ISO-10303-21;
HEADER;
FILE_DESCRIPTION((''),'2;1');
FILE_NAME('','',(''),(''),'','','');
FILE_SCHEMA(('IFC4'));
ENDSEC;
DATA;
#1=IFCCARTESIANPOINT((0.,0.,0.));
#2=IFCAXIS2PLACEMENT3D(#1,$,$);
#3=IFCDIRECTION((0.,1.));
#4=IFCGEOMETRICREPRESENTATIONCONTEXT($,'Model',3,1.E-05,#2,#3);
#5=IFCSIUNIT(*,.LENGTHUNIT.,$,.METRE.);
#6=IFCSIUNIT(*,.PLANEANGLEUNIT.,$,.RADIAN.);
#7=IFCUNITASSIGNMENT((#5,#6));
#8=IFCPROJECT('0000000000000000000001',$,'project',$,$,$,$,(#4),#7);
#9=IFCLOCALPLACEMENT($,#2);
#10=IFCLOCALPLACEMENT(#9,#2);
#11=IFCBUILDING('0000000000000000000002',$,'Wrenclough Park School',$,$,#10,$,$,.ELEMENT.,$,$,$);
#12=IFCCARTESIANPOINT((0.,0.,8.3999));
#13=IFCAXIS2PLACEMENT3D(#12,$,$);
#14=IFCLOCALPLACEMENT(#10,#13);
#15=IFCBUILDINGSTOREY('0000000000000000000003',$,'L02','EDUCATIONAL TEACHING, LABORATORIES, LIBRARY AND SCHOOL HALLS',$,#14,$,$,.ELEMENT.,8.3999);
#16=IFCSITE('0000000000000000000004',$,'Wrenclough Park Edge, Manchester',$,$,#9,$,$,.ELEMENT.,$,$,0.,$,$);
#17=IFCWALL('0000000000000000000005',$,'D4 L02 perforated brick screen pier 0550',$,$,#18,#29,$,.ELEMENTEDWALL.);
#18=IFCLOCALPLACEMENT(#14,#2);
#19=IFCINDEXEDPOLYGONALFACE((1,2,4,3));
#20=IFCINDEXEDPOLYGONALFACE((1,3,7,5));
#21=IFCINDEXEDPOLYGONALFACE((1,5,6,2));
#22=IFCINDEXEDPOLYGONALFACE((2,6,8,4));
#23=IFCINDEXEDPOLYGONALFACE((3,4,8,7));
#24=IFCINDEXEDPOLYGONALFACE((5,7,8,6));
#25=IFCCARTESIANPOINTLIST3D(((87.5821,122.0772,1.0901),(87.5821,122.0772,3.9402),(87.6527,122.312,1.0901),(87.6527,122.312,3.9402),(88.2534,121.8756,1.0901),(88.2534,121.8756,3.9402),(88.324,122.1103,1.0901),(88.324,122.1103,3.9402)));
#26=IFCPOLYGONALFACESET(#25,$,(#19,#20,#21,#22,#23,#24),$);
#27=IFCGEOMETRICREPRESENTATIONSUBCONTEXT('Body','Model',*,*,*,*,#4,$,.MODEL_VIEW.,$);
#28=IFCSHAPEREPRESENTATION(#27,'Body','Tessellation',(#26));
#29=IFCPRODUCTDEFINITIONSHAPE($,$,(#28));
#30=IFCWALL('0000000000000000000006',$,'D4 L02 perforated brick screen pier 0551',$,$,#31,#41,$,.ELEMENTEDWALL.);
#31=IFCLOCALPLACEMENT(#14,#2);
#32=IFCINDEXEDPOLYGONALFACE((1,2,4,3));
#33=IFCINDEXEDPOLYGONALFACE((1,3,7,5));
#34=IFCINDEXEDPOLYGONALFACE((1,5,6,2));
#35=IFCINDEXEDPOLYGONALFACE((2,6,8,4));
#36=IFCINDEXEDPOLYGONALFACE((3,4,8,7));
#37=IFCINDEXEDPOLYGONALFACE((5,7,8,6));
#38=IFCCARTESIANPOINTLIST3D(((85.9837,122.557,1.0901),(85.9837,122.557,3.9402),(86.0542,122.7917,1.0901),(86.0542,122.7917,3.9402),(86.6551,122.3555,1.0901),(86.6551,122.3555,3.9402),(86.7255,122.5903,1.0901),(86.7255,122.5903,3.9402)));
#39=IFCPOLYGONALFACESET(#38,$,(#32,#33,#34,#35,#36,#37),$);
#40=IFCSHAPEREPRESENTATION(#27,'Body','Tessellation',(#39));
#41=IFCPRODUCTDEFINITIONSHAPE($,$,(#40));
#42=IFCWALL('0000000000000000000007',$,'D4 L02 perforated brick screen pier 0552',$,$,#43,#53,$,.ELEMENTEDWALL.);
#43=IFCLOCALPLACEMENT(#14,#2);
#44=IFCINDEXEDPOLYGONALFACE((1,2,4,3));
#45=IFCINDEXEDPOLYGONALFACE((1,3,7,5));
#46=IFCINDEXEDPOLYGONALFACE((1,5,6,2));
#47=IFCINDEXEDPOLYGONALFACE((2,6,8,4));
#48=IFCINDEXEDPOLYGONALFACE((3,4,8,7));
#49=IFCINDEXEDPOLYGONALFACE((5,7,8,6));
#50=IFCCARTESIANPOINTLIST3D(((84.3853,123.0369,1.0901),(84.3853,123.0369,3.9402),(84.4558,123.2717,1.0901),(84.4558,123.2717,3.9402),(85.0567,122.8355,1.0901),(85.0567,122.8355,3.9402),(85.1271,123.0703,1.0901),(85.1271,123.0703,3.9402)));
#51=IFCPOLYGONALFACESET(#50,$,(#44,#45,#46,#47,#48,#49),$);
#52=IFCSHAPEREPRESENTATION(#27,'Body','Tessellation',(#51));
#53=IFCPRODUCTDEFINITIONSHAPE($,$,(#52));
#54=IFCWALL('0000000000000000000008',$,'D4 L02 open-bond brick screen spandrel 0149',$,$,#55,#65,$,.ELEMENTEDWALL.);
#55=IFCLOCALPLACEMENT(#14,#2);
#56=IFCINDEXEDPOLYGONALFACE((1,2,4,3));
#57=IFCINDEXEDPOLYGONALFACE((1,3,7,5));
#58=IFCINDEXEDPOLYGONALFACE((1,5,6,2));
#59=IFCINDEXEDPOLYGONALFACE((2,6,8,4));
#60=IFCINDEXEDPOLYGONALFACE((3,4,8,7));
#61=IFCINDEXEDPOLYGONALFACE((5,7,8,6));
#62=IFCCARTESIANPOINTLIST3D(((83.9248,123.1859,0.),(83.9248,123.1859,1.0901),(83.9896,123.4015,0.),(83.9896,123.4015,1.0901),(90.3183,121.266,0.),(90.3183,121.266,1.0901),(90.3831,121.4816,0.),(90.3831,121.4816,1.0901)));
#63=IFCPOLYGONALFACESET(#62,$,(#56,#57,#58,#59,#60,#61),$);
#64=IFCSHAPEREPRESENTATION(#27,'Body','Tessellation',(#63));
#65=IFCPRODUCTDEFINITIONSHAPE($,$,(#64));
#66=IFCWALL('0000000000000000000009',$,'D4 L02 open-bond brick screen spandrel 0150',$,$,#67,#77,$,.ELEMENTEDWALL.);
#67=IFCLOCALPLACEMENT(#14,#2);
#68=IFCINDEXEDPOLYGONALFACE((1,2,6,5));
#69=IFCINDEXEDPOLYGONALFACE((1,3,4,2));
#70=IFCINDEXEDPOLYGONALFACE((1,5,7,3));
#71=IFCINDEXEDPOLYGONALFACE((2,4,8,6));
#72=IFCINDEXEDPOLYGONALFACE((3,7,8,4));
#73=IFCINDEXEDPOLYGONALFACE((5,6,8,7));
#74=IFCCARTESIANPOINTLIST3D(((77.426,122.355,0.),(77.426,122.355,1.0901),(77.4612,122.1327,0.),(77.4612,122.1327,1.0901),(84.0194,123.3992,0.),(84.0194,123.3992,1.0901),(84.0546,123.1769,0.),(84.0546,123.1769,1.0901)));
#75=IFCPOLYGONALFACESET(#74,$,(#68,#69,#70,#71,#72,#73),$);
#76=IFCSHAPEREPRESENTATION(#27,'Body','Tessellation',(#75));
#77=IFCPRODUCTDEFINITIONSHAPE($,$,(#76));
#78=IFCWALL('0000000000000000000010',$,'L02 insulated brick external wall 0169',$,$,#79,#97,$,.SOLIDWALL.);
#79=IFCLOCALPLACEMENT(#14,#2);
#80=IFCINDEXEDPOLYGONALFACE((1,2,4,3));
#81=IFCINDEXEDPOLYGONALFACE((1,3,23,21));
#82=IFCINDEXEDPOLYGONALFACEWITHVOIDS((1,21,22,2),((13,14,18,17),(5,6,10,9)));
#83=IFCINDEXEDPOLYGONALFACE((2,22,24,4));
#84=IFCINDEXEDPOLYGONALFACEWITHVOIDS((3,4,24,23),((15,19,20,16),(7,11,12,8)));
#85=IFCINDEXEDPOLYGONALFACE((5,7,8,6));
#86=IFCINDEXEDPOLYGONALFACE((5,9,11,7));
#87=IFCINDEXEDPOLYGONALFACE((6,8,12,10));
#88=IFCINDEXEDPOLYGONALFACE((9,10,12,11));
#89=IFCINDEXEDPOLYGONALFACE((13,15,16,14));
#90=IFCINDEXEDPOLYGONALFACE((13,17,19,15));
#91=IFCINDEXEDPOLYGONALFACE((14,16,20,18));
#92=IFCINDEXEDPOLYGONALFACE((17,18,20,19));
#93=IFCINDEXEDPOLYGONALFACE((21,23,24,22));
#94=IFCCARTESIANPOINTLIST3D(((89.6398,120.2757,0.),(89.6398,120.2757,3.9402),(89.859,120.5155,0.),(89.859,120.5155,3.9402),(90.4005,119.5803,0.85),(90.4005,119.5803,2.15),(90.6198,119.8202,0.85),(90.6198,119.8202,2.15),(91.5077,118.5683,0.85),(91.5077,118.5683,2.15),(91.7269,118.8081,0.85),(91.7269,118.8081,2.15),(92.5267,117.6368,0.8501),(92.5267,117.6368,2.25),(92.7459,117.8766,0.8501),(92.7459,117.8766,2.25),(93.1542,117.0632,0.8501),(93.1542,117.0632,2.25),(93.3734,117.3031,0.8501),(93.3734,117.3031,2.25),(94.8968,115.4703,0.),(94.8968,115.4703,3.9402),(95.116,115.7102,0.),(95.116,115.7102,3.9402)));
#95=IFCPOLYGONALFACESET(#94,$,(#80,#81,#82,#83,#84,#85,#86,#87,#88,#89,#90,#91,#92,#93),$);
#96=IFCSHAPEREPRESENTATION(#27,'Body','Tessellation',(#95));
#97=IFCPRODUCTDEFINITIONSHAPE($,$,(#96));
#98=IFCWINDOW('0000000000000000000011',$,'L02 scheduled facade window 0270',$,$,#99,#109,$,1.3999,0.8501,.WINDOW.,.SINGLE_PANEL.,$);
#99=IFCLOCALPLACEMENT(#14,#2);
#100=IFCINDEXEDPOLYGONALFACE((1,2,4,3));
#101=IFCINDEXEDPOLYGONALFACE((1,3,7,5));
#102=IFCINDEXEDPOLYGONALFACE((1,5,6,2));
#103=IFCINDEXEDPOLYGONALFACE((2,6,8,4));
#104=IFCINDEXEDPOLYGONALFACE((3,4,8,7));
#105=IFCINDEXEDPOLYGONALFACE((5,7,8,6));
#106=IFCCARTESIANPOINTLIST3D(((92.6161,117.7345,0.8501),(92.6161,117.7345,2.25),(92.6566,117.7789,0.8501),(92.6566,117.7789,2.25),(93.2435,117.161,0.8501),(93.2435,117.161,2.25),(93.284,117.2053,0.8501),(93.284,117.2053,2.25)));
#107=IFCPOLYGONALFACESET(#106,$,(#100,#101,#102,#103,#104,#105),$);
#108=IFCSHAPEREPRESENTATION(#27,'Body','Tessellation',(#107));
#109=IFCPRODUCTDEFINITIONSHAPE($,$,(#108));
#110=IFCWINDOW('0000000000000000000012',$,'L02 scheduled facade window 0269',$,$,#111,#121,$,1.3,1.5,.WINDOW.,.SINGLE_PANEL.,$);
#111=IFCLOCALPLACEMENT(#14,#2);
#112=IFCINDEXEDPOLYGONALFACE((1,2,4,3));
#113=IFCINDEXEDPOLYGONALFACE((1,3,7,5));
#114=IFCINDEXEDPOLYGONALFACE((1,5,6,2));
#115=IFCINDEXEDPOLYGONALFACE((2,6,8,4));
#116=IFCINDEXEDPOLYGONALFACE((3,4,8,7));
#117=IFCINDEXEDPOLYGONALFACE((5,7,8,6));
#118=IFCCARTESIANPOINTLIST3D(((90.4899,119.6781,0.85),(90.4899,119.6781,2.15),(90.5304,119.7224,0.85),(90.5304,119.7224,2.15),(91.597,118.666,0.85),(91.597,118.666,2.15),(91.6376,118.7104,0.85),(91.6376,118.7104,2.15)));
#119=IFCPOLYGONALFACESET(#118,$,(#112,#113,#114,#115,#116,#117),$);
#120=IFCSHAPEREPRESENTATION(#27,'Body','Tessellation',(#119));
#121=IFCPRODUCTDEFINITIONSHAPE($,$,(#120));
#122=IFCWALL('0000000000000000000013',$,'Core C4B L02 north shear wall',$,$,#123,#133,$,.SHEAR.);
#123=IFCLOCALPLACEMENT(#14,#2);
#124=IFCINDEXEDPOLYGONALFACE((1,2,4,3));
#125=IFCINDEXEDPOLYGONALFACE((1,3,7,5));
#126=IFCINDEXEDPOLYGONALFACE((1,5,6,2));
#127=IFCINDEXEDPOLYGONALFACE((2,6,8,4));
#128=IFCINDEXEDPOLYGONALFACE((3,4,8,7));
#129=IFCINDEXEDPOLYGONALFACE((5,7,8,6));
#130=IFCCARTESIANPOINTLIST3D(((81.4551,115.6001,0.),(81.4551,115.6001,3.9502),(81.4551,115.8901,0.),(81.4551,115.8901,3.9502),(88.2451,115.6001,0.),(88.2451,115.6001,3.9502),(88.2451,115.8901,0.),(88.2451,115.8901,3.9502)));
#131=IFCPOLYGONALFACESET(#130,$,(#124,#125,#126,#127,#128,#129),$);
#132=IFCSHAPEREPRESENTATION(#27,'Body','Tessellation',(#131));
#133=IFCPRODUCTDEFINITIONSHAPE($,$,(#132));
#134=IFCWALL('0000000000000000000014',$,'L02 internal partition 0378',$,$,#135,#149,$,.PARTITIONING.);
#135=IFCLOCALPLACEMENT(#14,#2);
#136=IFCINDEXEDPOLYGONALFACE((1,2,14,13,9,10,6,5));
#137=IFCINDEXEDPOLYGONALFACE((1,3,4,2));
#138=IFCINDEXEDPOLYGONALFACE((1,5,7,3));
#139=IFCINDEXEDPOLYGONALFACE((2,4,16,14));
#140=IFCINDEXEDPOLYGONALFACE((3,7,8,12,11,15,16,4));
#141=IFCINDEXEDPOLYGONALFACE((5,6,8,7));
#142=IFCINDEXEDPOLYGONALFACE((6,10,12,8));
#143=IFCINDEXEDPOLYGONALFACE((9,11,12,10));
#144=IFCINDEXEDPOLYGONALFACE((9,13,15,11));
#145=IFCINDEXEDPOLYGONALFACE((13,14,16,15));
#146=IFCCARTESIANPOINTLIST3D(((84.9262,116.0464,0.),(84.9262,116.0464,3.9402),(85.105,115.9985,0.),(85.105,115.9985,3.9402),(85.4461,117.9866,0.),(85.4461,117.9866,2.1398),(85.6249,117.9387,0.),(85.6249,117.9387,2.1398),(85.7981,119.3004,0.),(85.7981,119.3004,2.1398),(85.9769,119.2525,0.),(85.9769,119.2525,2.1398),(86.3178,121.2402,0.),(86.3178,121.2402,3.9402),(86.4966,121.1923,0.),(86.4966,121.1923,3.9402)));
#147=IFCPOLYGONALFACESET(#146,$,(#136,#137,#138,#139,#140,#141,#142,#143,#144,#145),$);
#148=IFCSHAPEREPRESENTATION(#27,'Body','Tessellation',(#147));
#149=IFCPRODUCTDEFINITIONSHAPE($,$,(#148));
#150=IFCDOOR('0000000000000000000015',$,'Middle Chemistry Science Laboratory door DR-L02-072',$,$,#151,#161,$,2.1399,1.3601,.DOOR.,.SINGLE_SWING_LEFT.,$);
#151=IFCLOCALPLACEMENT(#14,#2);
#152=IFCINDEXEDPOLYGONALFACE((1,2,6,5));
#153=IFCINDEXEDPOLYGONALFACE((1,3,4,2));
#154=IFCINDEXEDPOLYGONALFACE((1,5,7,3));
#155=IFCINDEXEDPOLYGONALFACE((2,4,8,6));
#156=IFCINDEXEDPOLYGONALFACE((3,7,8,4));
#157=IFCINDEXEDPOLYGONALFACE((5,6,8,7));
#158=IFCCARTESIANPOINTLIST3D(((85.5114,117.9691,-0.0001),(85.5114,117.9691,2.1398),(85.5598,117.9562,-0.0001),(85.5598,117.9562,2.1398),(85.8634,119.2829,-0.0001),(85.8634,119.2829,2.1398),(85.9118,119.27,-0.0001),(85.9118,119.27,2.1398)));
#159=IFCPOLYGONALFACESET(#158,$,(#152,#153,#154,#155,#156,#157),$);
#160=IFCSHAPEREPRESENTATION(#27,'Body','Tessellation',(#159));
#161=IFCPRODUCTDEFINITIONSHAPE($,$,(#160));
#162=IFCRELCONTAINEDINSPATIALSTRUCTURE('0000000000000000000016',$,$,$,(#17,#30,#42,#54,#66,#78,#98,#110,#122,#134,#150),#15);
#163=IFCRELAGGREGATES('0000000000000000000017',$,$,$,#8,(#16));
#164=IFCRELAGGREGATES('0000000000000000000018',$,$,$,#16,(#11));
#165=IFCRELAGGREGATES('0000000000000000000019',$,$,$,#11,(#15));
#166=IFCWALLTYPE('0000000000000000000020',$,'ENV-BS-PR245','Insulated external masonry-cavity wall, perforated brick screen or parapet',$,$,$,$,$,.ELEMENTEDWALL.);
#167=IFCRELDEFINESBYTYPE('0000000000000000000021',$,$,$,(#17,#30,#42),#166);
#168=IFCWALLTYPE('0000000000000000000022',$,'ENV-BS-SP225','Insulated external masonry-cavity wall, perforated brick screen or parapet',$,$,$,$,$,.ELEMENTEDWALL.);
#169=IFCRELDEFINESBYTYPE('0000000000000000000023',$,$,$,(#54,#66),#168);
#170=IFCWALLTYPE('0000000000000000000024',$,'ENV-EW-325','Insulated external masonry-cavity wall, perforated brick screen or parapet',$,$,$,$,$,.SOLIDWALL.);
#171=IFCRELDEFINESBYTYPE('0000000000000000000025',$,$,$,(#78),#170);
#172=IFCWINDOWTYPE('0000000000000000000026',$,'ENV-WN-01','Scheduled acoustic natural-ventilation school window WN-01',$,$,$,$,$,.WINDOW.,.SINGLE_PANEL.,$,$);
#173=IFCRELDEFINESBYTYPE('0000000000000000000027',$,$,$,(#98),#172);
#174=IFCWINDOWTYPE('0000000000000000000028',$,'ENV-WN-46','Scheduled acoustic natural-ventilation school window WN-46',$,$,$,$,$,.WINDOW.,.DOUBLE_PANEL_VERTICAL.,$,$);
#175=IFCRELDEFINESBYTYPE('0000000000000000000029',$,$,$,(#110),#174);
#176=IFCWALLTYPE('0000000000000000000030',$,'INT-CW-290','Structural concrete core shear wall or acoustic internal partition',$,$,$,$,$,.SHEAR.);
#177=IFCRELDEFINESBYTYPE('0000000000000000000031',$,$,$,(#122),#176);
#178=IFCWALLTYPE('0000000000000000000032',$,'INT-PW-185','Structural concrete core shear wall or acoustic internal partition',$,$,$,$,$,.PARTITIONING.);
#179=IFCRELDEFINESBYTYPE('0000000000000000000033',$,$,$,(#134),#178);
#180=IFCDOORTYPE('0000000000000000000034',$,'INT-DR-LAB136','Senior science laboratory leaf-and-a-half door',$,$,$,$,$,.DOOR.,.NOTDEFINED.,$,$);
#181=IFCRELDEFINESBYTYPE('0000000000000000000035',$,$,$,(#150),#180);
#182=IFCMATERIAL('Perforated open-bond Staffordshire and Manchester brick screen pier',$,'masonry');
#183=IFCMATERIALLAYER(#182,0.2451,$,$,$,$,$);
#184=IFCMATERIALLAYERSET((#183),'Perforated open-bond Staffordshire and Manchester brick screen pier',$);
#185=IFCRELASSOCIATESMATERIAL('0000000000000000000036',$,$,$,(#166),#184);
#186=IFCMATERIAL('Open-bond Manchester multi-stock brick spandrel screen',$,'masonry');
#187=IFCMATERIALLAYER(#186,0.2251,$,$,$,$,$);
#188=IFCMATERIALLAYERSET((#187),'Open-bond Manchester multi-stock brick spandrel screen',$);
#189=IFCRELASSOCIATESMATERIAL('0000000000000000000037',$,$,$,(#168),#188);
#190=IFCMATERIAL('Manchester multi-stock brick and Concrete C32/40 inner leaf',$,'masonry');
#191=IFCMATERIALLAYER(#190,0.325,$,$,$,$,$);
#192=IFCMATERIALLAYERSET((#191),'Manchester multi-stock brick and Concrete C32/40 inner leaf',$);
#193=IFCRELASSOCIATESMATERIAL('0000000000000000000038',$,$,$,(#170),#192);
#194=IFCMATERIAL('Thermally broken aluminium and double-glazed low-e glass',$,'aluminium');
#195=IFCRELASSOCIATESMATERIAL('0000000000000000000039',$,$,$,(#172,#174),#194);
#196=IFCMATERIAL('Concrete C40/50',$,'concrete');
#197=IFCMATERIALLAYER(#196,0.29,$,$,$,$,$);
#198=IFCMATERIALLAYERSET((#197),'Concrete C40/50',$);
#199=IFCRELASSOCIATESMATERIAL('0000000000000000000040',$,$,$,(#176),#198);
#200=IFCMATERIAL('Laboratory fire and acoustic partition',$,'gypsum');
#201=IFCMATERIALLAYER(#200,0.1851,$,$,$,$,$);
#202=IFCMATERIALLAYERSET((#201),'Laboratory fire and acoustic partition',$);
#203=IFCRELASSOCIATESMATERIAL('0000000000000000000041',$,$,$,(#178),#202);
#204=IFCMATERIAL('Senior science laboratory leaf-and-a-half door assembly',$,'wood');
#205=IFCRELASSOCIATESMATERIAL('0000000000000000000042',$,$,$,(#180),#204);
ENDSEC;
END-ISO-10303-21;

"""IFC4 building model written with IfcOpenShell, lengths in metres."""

from ifc_helpers import new_model, si_unit, direction, frame, frame_2d, origin, place, context, subcontext, project, spatial, rectangle, extrude, material, layer, layer_set, type_object, element, fill, save


model = new_model("IFC4")

# Units and contexts
model_context = context("Model", 3, precision=1e-05, world=origin(), true_north=direction((0.0, 1.0)))
body_context = subcontext(model_context, "Body", "Model", "MODEL_VIEW")
ifc_project = project(units=[si_unit("LENGTHUNIT", "METRE"), si_unit("PLANEANGLEUNIT", "RADIAN")], contexts=[model_context])

# Site, building, storey
site_placement = place(None, origin())
site = spatial("IfcSite", under=ifc_project, at=site_placement, Name="Wrenclough Park Edge, Manchester", CompositionType="ELEMENT", RefElevation=0.0)
building_placement = place(site_placement, origin())
building = spatial("IfcBuilding", under=site, at=building_placement, Name="Wrenclough Park School", CompositionType="ELEMENT")
storey_placement = place(building_placement, frame((0.0, 0.0, 8.3999)))
storey = spatial("IfcBuildingStorey", under=building, at=storey_placement, Name="L02", Description="EDUCATIONAL TEACHING, LABORATORIES, LIBRARY AND SCHOOL HALLS", CompositionType="ELEMENT", Elevation=8.3999)

# Walls
ifc_material_1 = material(Name="Perforated open-bond Staffordshire and Manchester brick screen pier", Category="masonry")
ifc_layer_1 = layer(ifc_material_1, 0.2451)
ifc_layer_set_1 = layer_set([ifc_layer_1], Name="Perforated open-bond Staffordshire and Manchester brick screen pier")
wall_type_1 = type_object("IfcWallType", Name="ENV-BS-PR245", Description="Insulated external masonry-cavity wall, perforated brick screen or parapet", PredefinedType="ELEMENTEDWALL", material=ifc_layer_set_1)
for number, where, z_axis, x_axis, name in (
    (1, (88.2888, 121.9929, 1.0901), (0.0, 0.0, 1.0), (-0.95773, 0.287667, 0.0), "D4 L02 perforated brick screen pier 0550"),
    (2, (86.6904, 122.4729, 1.0901), (0.0, 0.0, 1.0), (-0.957826, 0.287348, 0.0), "D4 L02 perforated brick screen pier 0551"),
    (3, (85.092, 122.9529, 1.0901), (0.0, 0.0, 1.0), (-0.957826, 0.287348, 0.0), "D4 L02 perforated brick screen pier 0552"),
):
    element("IfcWall", number, at=place(storey_placement, frame(where, z_axis=z_axis, x_axis=x_axis)), inside=storey, type_object=wall_type_1, Name=name, PredefinedType="ELEMENTEDWALL", context=body_context, shape_type="SweptSolid", body=[
        extrude(rectangle(XDim=0.7009, YDim=0.2451, at=frame_2d((0.3506, 0.0))), origin(), (0.0, 0.0, 1.0), 2.8501),
    ])
ifc_material_2 = material(Name="Open-bond Manchester multi-stock brick spandrel screen", Category="masonry")
ifc_layer_2 = layer(ifc_material_2, 0.2251)
ifc_layer_set_2 = layer_set([ifc_layer_2], Name="Open-bond Manchester multi-stock brick spandrel screen")
wall_type_2 = type_object("IfcWallType", Name="ENV-BS-SP225", Description="Insulated external masonry-cavity wall, perforated brick screen or parapet", PredefinedType="ELEMENTEDWALL", material=ifc_layer_set_2)
for number, where, z_axis, x_axis, name in (
    (4, (90.3508, 121.3738, 0.0), (0.0, 0.0, 1.0), (-0.95775, 0.287603, 0.0), "D4 L02 open-bond brick screen spandrel 0149"),
    (5, (84.0371, 123.2881, 0.0), (0.0, 0.0, 1.0), (-0.98769, -0.156423, 0.0), "D4 L02 open-bond brick screen spandrel 0150"),
):
    element("IfcWall", number, at=place(storey_placement, frame(where, z_axis=z_axis, x_axis=x_axis)), inside=storey, type_object=wall_type_2, Name=name, PredefinedType="ELEMENTEDWALL", context=body_context, shape_type="SweptSolid", body=[
        extrude(rectangle(XDim=6.6755, YDim=0.2251, at=frame_2d((3.3379, 0.0))), origin(), (0.0, 0.0, 1.0), 1.0901),
    ])

# Wall, openings, windows
ifc_material_3 = material(Name="Manchester multi-stock brick and Concrete C32/40 inner leaf", Category="masonry")
ifc_layer_3 = layer(ifc_material_3, 0.325)
ifc_layer_set_3 = layer_set([ifc_layer_3], Name="Manchester multi-stock brick and Concrete C32/40 inner leaf")
wall_type_3 = type_object("IfcWallType", Name="ENV-EW-325", Description="Insulated external masonry-cavity wall, perforated brick screen or parapet", PredefinedType="SOLIDWALL", material=ifc_layer_set_3)
wall_1_placement = place(storey_placement, frame((89.7495, 120.3955, 0.0), z_axis=(0.0, 0.0, 1.0), x_axis=(0.738102, -0.674689, 0.0)))
wall_1 = element("IfcWall", 6, at=wall_1_placement, inside=storey, type_object=wall_type_3, Name="L02 insulated brick external wall 0169", PredefinedType="SOLIDWALL", context=body_context, shape_type="SweptSolid", body=[
    extrude(rectangle(XDim=7.1223, YDim=0.325, at=frame_2d((3.561, 0.0))), origin(), (0.0, 0.0, 1.0), 3.9402),
])
opening_1_placement = place(wall_1_placement, frame((1.0305, 0.0, 0.8501)))
opening_1 = element("IfcOpeningElement", 7, at=opening_1_placement, cuts=wall_1, PredefinedType="OPENING", context=body_context, shape_type="SweptSolid", body=[
    extrude(rectangle(XDim=1.5, YDim=1.3, at=frame_2d((0.75, 0.6499))), frame((0.0, 0.1724, 0.0), z_axis=(0.0, -1.0, 0.0), x_axis=(1.0, 0.0, 0.0)), (0.0, 0.0, 1.0), 0.345),
])
opening_2_placement = place(wall_1_placement, frame((3.9111, 0.0, 0.8501)))
opening_2 = element("IfcOpeningElement", 8, at=opening_2_placement, cuts=wall_1, PredefinedType="OPENING", context=body_context, shape_type="SweptSolid", body=[
    extrude(rectangle(XDim=0.8501, YDim=1.3999, at=frame_2d((0.425, 0.7))), frame((0.0, 0.1724, 0.0), z_axis=(0.0, -1.0, 0.0), x_axis=(1.0, 0.0, 0.0)), (0.0, 0.0, 1.0), 0.345),
])
ifc_material_4 = material(Name="Thermally broken aluminium and double-glazed low-e glass", Category="aluminium")
window_type_1 = type_object("IfcWindowType", Name="ENV-WN-01", Description="Scheduled acoustic natural-ventilation school window WN-01", PartitioningType="SINGLE_PANEL", PredefinedType="WINDOW", material=ifc_material_4)
window_1_placement = place(opening_2_placement, origin())
window_1 = element("IfcWindow", 9, at=window_1_placement, inside=storey, type_object=window_type_1, Name="L02 scheduled facade window 0270", OverallHeight=1.3999, OverallWidth=0.8501, PartitioningType="SINGLE_PANEL", PredefinedType="WINDOW", context=body_context, shape_type="SweptSolid", body=[
    extrude(rectangle(XDim=0.8501, YDim=1.3999, at=frame_2d((0.425, 0.7))), frame((0.0, 0.03, 0.0), z_axis=(0.0, -1.0, 0.0), x_axis=(1.0, 0.0, 0.0)), (0.0, 0.0, 1.0), 0.0601),
])
fill(opening_2, window_1)
window_type_2 = type_object("IfcWindowType", Name="ENV-WN-46", Description="Scheduled acoustic natural-ventilation school window WN-46", PartitioningType="DOUBLE_PANEL_VERTICAL", PredefinedType="WINDOW", material=ifc_material_4)
window_2_placement = place(opening_1_placement, origin())
window_2 = element("IfcWindow", 10, at=window_2_placement, inside=storey, type_object=window_type_2, Name="L02 scheduled facade window 0269", OverallHeight=1.3, OverallWidth=1.5, PartitioningType="SINGLE_PANEL", PredefinedType="WINDOW", context=body_context, shape_type="SweptSolid", body=[
    extrude(rectangle(XDim=1.5, YDim=1.3, at=frame_2d((0.75, 0.6499))), frame((0.0, 0.03, 0.0), z_axis=(0.0, -1.0, 0.0), x_axis=(1.0, 0.0, 0.0)), (0.0, 0.0, 1.0), 0.0601),
])
fill(opening_1, window_2)

# Wall
ifc_material_5 = material(Name="Concrete C40/50", Category="concrete")
ifc_layer_4 = layer(ifc_material_5, 0.29)
ifc_layer_set_4 = layer_set([ifc_layer_4], Name="Concrete C40/50")
wall_type_4 = type_object("IfcWallType", Name="INT-CW-290", Description="Structural concrete core shear wall or acoustic internal partition", PredefinedType="SHEAR", material=ifc_layer_set_4)
wall_2_placement = place(storey_placement, frame((88.2451, 115.7451, 0.0), z_axis=(0.0, 0.0, 1.0), x_axis=(-1.0, 0.0, 0.0)))
element("IfcWall", 11, at=wall_2_placement, inside=storey, type_object=wall_type_4, Name="Core C4B L02 north shear wall", PredefinedType="SHEAR", context=body_context, shape_type="SweptSolid", body=[
    extrude(rectangle(XDim=6.79, YDim=0.29, at=frame_2d((3.395, 0.0))), origin(), (0.0, 0.0, 1.0), 3.9502),
])

# Wall, opening, door
ifc_material_6 = material(Name="Laboratory fire and acoustic partition", Category="gypsum")
ifc_layer_5 = layer(ifc_material_6, 0.1851)
ifc_layer_set_5 = layer_set([ifc_layer_5], Name="Laboratory fire and acoustic partition")
wall_type_5 = type_object("IfcWallType", Name="INT-PW-185", Description="Structural concrete core shear wall or acoustic internal partition", PredefinedType="PARTITIONING", material=ifc_layer_set_5)
wall_3_placement = place(storey_placement, frame((85.0156, 116.0225, 0.0), z_axis=(0.0, 0.0, 1.0), x_axis=(0.258804, 0.96593, 0.0)))
wall_3 = element("IfcWall", 12, at=wall_3_placement, inside=storey, type_object=wall_type_5, Name="L02 internal partition 0378", PredefinedType="PARTITIONING", context=body_context, shape_type="SweptSolid", body=[
    extrude(rectangle(XDim=5.377, YDim=0.1851, at=frame_2d((2.6885, 0.0))), origin(), (0.0, 0.0, 1.0), 3.9402),
])
opening_3_placement = place(wall_3_placement, frame((2.0085, 0.0, 0.0)))
opening_3 = element("IfcOpeningElement", 13, at=opening_3_placement, cuts=wall_3, PredefinedType="OPENING", context=body_context, shape_type="SweptSolid", body=[
    extrude(rectangle(XDim=1.3601, YDim=2.1399, at=frame_2d((0.6802, 1.0698))), frame((0.0, 0.1025, 0.0), z_axis=(0.0, -1.0, 0.0), x_axis=(1.0, 0.0, 0.0)), (0.0, 0.0, 1.0), 0.2051),
])
ifc_material_7 = material(Name="Senior science laboratory leaf-and-a-half door assembly", Category="wood")
door_type = type_object("IfcDoorType", Name="INT-DR-LAB136", Description="Senior science laboratory leaf-and-a-half door", OperationType="NOTDEFINED", PredefinedType="DOOR", material=ifc_material_7)
door_placement = place(opening_3_placement, origin())
door = element("IfcDoor", 14, at=door_placement, inside=storey, type_object=door_type, Name="Middle Chemistry Science Laboratory door DR-L02-072", OperationType="SINGLE_SWING_LEFT", OverallHeight=2.1399, OverallWidth=1.3601, PredefinedType="DOOR", context=body_context, shape_type="SweptSolid", body=[
    extrude(rectangle(XDim=1.3601, YDim=2.1399, at=frame_2d((0.6802, 1.0698))), frame((0.0, 0.0249, 0.0), z_axis=(0.0, -1.0, 0.0), x_axis=(1.0, 0.0, 0.0)), (0.0, 0.0, 1.0), 0.05),
])
fill(opening_3, door)

save(model, "model.ifc")
